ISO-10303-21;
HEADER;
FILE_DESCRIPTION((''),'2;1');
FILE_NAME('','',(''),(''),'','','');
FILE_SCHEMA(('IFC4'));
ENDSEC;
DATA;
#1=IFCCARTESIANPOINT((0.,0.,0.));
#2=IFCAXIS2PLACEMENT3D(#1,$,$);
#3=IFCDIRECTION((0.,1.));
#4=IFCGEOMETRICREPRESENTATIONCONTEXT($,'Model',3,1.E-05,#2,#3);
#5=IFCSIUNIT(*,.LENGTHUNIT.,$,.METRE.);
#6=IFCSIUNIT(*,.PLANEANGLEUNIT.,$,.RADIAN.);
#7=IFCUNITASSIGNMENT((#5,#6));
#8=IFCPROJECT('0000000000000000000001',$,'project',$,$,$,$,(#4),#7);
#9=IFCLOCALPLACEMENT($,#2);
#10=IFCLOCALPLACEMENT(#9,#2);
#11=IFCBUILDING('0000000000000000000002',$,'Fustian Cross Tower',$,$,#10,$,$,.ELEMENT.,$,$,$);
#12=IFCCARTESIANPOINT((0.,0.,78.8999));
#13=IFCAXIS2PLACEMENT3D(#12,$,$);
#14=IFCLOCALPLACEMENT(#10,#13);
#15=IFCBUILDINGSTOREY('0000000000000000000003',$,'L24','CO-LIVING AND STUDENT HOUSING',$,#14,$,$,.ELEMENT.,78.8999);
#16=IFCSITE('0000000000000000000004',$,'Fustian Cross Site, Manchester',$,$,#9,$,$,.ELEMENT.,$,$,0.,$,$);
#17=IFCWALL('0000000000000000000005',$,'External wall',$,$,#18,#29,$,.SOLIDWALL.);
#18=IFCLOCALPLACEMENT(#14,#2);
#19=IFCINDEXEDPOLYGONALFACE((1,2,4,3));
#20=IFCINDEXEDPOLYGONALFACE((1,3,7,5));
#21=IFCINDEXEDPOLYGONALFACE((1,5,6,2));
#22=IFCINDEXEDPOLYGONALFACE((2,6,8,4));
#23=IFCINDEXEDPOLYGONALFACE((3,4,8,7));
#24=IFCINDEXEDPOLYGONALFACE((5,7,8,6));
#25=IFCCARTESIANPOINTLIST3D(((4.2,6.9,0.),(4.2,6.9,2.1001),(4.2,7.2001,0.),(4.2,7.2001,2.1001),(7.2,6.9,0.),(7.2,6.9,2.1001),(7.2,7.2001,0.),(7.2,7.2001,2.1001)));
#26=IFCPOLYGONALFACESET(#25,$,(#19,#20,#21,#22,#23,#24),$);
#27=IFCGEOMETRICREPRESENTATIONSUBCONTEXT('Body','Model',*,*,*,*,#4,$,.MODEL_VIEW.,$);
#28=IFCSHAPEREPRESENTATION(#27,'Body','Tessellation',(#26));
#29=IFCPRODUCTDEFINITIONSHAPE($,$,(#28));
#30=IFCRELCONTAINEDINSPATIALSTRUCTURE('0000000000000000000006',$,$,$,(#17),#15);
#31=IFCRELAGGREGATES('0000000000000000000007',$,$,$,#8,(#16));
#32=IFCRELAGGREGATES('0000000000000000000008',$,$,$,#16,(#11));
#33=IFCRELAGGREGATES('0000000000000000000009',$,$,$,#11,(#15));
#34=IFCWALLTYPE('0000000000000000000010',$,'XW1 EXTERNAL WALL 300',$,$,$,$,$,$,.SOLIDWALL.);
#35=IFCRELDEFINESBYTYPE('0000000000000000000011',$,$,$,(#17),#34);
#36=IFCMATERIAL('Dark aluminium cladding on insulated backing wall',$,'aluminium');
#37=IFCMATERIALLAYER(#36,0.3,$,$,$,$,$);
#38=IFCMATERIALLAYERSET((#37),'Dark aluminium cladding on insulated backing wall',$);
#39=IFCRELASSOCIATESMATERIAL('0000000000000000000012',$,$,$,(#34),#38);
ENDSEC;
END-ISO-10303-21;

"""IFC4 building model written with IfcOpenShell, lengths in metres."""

from ifc_helpers import new_model, si_unit, direction, frame, frame_2d, origin, place, context, subcontext, project, spatial, rectangle, extrude, material, layer, layer_set, type_object, element, save


model = new_model("IFC4")

# Units and contexts
model_context = context("Model", 3, precision=1e-05, world=origin(), true_north=direction((0.0, 1.0)))
body_context = subcontext(model_context, "Body", "Model", "MODEL_VIEW")
ifc_project = project(units=[si_unit("LENGTHUNIT", "METRE"), si_unit("PLANEANGLEUNIT", "RADIAN")], contexts=[model_context])

# Site, building, storey
site_placement = place(None, origin())
site = spatial("IfcSite", under=ifc_project, at=site_placement, Name="Fustian Cross Site, Manchester", CompositionType="ELEMENT", RefElevation=0.0)
building_placement = place(site_placement, origin())
building = spatial("IfcBuilding", under=site, at=building_placement, Name="Fustian Cross Tower", CompositionType="ELEMENT")
storey_placement = place(building_placement, frame((0.0, 0.0, 78.8999)))
storey = spatial("IfcBuildingStorey", under=building, at=storey_placement, Name="L24", Description="CO-LIVING AND STUDENT HOUSING", CompositionType="ELEMENT", Elevation=78.8999)

# Wall
ifc_material_1 = material(Name="Dark aluminium cladding on insulated backing wall", Category="aluminium")
ifc_layer_1 = layer(ifc_material_1, 0.3)
ifc_layer_set_1 = layer_set([ifc_layer_1], Name="Dark aluminium cladding on insulated backing wall")
wall_type_1 = type_object("IfcWallType", Name="XW1 EXTERNAL WALL 300", PredefinedType="SOLIDWALL", material=ifc_layer_set_1)
wall_1_placement = place(storey_placement, frame((7.2, 7.05, 0.0), z_axis=(0.0, 0.0, 1.0), x_axis=(-1.0, 0.0, 0.0)))
element("IfcWall", 1, at=wall_1_placement, inside=storey, type_object=wall_type_1, Name="External wall", PredefinedType="SOLIDWALL", context=body_context, shape_type="SweptSolid", body=[
    extrude(rectangle(XDim=3.0, YDim=0.3, at=frame_2d((1.5, 0.0))), origin(), (0.0, 0.0, 1.0), 2.1001),
])

save(model, "model.ifc")
